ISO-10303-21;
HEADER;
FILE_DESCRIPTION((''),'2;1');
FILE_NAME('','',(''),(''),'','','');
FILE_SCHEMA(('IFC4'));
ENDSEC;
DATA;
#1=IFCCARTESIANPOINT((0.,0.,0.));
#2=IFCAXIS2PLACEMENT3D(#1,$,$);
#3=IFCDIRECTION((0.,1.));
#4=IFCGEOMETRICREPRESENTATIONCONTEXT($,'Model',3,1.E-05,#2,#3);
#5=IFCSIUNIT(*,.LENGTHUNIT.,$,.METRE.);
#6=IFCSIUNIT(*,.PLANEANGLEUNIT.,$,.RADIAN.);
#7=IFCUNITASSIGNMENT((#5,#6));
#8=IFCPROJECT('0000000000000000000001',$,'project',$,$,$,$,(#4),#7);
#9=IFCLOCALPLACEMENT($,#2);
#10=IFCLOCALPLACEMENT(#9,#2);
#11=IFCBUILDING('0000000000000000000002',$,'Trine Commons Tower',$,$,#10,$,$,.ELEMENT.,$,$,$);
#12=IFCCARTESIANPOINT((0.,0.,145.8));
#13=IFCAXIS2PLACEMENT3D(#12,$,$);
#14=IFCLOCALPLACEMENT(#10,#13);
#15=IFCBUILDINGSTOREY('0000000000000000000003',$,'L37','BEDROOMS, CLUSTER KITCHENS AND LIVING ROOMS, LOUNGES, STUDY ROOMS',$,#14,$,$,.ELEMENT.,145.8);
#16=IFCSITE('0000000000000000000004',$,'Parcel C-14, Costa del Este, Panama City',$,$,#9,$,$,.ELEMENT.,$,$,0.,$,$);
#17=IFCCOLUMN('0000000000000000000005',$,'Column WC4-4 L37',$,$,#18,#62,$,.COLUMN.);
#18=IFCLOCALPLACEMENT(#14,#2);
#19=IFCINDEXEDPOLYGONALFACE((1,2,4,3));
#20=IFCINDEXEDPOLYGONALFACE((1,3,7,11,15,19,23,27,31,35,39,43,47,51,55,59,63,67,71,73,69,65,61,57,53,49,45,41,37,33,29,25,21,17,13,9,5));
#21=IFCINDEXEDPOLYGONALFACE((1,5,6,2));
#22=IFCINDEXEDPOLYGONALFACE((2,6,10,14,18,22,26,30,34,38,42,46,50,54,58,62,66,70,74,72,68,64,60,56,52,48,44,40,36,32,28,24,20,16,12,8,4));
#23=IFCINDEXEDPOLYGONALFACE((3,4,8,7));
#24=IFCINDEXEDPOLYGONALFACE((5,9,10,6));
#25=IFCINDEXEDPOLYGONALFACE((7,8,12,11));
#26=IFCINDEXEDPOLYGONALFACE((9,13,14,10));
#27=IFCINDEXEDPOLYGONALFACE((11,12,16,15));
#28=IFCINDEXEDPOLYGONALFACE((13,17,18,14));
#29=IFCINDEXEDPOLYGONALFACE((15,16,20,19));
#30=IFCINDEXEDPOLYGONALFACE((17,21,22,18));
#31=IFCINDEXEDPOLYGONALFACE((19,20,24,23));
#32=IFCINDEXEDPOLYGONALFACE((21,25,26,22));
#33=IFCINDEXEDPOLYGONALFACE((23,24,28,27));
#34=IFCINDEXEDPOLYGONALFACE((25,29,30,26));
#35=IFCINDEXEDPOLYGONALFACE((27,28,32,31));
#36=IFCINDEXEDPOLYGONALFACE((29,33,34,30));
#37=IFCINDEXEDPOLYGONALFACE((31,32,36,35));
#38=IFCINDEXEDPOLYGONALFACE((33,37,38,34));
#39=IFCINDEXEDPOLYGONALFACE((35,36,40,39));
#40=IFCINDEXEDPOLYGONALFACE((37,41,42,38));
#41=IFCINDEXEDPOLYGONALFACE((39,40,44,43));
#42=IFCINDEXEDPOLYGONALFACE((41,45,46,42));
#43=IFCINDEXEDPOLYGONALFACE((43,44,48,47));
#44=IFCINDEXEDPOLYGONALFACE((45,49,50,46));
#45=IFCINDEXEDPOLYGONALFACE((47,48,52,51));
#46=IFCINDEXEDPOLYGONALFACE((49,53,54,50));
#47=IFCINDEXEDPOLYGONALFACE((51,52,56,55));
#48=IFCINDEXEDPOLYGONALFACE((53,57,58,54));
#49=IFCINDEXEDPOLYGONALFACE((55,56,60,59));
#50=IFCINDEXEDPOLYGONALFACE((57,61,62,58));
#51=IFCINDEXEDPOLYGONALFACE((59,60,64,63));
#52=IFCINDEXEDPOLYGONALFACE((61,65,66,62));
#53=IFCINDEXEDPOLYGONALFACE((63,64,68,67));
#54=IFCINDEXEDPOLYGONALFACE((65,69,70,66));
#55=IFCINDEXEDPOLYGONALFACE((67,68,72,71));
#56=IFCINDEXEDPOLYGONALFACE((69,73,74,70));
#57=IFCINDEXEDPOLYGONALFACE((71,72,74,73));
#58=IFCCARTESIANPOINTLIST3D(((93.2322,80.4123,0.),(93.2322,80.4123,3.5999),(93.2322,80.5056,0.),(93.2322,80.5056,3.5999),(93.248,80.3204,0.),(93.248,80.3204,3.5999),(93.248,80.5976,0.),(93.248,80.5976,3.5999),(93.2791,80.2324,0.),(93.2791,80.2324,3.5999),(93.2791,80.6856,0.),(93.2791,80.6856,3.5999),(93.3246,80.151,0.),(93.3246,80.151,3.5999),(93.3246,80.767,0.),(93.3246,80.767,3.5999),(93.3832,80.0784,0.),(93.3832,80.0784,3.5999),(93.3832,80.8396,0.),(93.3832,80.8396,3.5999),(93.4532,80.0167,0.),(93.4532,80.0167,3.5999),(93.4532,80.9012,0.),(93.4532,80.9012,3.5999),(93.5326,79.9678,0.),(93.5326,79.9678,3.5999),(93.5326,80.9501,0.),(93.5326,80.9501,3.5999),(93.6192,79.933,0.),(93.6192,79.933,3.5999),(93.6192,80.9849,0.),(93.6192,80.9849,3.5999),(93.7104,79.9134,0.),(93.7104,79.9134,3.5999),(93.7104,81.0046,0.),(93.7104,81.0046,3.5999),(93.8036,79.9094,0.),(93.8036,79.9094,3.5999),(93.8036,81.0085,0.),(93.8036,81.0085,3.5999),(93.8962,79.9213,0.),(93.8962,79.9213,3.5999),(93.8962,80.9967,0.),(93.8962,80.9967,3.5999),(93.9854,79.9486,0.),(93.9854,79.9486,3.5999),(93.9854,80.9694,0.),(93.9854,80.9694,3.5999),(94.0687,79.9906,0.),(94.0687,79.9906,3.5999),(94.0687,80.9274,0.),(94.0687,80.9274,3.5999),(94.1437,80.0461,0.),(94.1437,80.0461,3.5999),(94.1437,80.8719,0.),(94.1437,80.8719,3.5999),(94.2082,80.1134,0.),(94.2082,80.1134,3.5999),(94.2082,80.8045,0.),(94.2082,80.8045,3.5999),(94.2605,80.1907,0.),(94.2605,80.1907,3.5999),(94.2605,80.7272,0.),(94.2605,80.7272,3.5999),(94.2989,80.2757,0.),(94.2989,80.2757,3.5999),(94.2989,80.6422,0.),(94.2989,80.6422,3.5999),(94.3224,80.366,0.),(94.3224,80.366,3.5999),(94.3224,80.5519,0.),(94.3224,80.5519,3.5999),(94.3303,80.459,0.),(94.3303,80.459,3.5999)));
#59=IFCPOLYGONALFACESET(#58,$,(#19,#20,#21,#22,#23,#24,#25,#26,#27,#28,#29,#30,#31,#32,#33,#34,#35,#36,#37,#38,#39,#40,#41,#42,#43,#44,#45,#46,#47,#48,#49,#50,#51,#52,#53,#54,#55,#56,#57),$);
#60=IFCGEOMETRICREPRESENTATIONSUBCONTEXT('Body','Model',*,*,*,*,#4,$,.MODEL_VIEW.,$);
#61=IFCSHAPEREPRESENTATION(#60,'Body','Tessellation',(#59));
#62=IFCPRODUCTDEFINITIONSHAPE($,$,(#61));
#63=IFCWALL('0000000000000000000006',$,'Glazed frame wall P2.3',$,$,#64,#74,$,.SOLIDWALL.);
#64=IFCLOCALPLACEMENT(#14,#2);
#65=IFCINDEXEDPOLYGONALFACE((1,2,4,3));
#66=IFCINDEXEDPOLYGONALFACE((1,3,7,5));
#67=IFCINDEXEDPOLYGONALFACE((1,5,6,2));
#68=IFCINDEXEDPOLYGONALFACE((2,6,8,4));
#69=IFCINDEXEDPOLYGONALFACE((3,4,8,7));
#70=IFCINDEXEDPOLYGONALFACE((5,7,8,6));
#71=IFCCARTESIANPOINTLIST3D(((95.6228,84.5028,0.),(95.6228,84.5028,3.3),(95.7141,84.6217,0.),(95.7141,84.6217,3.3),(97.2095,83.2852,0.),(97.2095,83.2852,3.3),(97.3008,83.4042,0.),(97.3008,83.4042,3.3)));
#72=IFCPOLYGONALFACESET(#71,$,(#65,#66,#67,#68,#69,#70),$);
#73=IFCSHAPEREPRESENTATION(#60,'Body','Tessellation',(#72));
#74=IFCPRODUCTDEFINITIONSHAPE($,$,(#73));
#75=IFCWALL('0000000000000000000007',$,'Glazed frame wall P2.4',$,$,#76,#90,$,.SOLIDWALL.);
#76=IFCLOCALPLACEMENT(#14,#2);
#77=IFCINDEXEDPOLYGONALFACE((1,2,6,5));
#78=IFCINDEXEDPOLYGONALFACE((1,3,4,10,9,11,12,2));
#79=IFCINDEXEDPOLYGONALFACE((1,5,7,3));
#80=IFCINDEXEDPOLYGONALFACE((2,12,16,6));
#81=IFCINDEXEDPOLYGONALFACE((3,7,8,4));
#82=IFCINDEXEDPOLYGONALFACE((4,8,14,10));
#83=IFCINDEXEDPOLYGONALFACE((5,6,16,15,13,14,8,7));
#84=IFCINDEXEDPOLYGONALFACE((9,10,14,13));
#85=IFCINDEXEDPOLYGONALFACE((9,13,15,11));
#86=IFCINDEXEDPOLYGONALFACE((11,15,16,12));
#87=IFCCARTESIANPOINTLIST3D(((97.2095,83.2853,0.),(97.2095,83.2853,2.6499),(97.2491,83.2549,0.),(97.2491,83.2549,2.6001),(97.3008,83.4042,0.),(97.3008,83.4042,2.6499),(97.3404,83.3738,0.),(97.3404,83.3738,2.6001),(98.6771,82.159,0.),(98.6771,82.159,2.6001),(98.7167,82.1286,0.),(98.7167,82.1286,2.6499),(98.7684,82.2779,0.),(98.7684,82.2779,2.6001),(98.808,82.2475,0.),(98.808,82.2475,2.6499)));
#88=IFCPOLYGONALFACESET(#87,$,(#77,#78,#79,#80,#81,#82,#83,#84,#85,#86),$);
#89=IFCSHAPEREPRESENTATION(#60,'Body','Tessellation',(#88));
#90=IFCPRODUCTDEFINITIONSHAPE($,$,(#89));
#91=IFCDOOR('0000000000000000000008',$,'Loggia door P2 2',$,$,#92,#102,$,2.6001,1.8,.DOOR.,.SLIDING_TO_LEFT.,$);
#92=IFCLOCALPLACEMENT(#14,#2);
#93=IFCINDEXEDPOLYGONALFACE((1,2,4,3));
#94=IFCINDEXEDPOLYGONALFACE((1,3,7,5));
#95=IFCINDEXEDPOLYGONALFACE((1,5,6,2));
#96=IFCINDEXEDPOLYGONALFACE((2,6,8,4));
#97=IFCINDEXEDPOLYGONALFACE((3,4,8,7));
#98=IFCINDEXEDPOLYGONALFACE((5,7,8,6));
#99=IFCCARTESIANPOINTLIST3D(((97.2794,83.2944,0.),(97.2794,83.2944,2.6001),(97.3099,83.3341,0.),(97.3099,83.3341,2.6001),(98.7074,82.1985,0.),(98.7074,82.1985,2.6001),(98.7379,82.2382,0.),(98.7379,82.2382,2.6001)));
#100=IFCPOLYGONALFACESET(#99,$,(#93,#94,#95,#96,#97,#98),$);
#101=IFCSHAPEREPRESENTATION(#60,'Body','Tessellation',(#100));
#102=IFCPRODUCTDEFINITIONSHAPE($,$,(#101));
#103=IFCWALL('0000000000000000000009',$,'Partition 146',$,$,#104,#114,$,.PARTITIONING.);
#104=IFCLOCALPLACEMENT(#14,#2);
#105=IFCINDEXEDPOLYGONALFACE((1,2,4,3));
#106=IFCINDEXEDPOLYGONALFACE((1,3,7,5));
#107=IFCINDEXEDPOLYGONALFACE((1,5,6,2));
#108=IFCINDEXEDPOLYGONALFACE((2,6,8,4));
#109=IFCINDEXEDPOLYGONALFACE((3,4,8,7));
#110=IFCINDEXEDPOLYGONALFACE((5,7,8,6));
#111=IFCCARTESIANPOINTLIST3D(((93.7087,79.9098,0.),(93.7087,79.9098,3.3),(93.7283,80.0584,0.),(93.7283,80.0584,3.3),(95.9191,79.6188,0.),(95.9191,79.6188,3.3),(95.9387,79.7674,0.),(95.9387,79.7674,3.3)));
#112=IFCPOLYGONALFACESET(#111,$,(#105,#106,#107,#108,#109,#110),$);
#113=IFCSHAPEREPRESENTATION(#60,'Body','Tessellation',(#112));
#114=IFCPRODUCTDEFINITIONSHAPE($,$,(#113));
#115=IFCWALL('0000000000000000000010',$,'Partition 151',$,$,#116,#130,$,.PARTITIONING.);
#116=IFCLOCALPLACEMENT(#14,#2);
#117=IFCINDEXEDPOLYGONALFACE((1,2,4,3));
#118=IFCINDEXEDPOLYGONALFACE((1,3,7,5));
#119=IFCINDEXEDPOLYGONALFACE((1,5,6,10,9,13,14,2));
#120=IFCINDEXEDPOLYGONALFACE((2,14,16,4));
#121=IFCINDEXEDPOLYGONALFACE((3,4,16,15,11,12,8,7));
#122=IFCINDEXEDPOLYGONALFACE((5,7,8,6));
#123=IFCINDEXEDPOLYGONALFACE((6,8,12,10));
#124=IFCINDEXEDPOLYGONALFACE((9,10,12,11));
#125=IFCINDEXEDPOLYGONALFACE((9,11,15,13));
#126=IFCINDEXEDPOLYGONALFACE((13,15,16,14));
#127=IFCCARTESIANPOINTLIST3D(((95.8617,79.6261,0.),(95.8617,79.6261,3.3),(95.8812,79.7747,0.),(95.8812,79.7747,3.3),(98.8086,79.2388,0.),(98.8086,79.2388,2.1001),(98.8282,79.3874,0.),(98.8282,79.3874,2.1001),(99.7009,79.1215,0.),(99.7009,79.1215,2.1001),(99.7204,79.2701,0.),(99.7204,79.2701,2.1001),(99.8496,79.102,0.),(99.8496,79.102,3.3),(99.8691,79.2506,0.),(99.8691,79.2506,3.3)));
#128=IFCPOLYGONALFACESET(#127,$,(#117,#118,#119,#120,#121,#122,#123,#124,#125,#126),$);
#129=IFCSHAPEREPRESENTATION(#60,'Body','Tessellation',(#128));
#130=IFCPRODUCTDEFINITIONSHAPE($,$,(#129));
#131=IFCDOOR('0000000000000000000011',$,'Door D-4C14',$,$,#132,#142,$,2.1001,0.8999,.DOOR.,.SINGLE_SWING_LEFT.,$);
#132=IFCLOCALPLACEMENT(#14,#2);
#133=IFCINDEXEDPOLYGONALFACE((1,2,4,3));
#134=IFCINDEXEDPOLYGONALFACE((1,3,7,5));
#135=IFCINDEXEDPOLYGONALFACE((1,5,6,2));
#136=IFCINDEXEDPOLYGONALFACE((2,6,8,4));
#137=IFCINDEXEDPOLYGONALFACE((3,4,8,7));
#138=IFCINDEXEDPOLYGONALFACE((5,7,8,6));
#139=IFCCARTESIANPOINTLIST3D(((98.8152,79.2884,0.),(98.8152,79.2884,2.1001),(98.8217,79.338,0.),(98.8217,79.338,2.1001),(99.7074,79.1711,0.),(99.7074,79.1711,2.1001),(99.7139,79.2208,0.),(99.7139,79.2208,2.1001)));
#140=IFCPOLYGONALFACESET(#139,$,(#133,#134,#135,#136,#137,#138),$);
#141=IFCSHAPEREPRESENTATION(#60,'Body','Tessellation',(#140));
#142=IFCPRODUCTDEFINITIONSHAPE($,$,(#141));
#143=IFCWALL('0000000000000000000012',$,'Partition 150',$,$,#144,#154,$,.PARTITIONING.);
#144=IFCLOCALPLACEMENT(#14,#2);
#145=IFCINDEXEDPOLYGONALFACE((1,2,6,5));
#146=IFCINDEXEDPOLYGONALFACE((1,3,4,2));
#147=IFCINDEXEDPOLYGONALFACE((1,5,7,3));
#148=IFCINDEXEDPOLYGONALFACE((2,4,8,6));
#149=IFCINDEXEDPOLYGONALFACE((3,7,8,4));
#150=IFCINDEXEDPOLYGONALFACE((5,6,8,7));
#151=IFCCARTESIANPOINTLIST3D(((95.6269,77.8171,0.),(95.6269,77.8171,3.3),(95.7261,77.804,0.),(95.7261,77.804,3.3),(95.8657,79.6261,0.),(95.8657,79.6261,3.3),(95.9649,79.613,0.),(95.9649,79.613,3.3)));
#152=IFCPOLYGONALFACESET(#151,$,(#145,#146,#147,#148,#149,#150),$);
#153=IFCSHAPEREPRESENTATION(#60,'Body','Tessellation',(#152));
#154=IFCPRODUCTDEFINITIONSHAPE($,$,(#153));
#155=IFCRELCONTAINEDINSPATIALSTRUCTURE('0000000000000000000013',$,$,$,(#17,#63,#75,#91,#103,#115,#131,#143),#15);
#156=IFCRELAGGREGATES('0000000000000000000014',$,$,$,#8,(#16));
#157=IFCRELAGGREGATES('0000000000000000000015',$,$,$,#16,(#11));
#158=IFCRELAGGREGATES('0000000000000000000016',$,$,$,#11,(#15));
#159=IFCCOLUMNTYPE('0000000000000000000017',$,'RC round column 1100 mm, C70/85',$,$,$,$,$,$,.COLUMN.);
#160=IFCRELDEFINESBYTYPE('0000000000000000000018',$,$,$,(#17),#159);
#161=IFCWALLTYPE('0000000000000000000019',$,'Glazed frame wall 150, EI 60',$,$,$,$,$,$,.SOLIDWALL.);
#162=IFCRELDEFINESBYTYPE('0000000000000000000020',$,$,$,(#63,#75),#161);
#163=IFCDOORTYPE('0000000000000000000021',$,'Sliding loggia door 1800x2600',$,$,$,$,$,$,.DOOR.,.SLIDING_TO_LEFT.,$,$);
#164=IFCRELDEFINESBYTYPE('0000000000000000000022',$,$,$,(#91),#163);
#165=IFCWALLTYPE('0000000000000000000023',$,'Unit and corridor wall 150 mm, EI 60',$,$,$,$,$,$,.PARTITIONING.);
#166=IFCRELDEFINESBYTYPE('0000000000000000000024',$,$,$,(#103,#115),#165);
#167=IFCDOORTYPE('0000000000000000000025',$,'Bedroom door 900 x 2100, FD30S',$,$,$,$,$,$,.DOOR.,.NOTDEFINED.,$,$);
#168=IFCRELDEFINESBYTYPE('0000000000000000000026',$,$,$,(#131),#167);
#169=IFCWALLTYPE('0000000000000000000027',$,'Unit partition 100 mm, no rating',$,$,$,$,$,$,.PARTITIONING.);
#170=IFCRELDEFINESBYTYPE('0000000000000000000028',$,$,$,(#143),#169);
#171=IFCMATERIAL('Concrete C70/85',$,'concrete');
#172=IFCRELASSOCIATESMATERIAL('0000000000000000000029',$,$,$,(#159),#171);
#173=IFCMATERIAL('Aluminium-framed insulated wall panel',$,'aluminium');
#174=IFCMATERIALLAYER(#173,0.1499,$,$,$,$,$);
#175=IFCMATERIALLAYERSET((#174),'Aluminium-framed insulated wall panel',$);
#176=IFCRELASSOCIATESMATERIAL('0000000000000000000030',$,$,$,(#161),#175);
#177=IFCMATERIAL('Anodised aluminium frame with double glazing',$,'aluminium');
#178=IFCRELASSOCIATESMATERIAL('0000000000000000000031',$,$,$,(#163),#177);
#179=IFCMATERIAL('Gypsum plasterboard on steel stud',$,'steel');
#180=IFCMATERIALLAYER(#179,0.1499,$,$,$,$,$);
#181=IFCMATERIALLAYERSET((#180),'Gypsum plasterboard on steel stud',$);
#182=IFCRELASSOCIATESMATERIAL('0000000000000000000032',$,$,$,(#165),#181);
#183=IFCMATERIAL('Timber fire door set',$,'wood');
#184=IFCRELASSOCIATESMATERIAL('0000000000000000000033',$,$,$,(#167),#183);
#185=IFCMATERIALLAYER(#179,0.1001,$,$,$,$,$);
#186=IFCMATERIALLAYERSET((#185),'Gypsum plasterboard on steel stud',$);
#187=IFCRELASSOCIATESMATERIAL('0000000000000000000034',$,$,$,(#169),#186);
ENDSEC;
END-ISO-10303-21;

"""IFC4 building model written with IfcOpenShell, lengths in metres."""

from ifc_helpers import new_model, si_unit, direction, frame, frame_2d, origin, origin_2d, place, context, subcontext, project, spatial, polyline, rectangle, circle, outline, extrude, material, layer, layer_set, material_profile, profile_set, type_object, element, fill, save


model = new_model("IFC4")

# Units and contexts
model_context = context("Model", 3, precision=1e-05, world=origin(), true_north=direction((0.0, 1.0)))
body_context = subcontext(model_context, "Body", "Model", "MODEL_VIEW")
ifc_project = project(units=[si_unit("LENGTHUNIT", "METRE"), si_unit("PLANEANGLEUNIT", "RADIAN")], contexts=[model_context])

# Site, building, storey
site_placement = place(None, origin())
site = spatial("IfcSite", under=ifc_project, at=site_placement, Name="Parcel C-14, Costa del Este, Panama City", CompositionType="ELEMENT", RefElevation=0.0)
building_placement = place(site_placement, origin())
building = spatial("IfcBuilding", under=site, at=building_placement, Name="Trine Commons Tower", CompositionType="ELEMENT")
storey_placement = place(building_placement, frame((0.0, 0.0, 145.8)))
storey = spatial("IfcBuildingStorey", under=building, at=storey_placement, Name="L37", Description="BEDROOMS, CLUSTER KITCHENS AND LIVING ROOMS, LOUNGES, STUDY ROOMS", CompositionType="ELEMENT", Elevation=145.8)

# Column
ifc_material_1 = material(Name="Concrete C70/85", Category="concrete")
ifc_material_profile = material_profile(ifc_material_1, circle(Radius=0.55, at=origin_2d()), Name="RC round 1100")
ifc_profile_set = profile_set([ifc_material_profile], Name="Concrete C70/85")
column_type = type_object("IfcColumnType", Name="RC round column 1100 mm, C70/85", PredefinedType="COLUMN", material=ifc_profile_set)
column_placement = place(storey_placement, frame((93.7803, 80.459, 0.0), z_axis=(0.0, 0.0, 1.0), x_axis=(1.0, 0.0, 0.0)))
element("IfcColumn", 1, at=column_placement, inside=storey, type_object=column_type, Name="Column WC4-4 L37", PredefinedType="COLUMN", context=body_context, shape_type="SweptSolid", body=[
    extrude(circle(Radius=0.55, at=origin_2d()), origin(), (0.0, 0.0, 1.0), 3.5999),
])

# Wall
ifc_material_2 = material(Name="Aluminium-framed insulated wall panel", Category="aluminium")
ifc_layer_1 = layer(ifc_material_2, 0.1499)
ifc_layer_set_1 = layer_set([ifc_layer_1], Name="Aluminium-framed insulated wall panel")
wall_type_1 = type_object("IfcWallType", Name="Glazed frame wall 150, EI 60", PredefinedType="SOLIDWALL", material=ifc_layer_set_1)
wall_1_placement = place(storey_placement, frame((95.6685, 84.5623, 0.0), z_axis=(0.0, 0.0, 1.0), x_axis=(0.793345, -0.608772, 0.0)))
element("IfcWall", 2, at=wall_1_placement, inside=storey, type_object=wall_type_1, Name="Glazed frame wall P2.3", PredefinedType="SOLIDWALL", context=body_context, shape_type="SweptSolid", body=[
    extrude(outline(polyline([(0.0, -0.075), (2.0, -0.075), (2.0, 0.075), (0.0, 0.075), (0.0, -0.075)])), origin(), (0.0, 0.0, 1.0), 3.3),
])

# Wall, opening, door
wall_2_placement = place(storey_placement, frame((97.2551, 83.3447, 0.0), z_axis=(0.0, 0.0, 1.0), x_axis=(0.793321, -0.608804, 0.0)))
wall_2 = element("IfcWall", 3, at=wall_2_placement, inside=storey, type_object=wall_type_1, Name="Glazed frame wall P2.4", PredefinedType="SOLIDWALL", context=body_context, shape_type="SweptSolid", body=[
    extrude(outline(polyline([(0.0, -0.075), (1.8999, -0.075), (1.8999, 0.075), (0.0, 0.075), (0.0, -0.075)])), origin(), (0.0, 0.0, 1.0), 2.6499),
])
opening_1_placement = place(wall_2_placement, frame((0.05, 0.0, 0.0)))
opening_1 = element("IfcOpeningElement", 4, at=opening_1_placement, cuts=wall_2, PredefinedType="OPENING", context=body_context, shape_type="SweptSolid", body=[
    extrude(rectangle(XDim=1.8, YDim=2.6001, at=frame_2d((0.8999, 1.3))), frame((0.0, 0.085, 0.0), z_axis=(0.0, -1.0, 0.0), x_axis=(1.0, 0.0, 0.0)), (0.0, 0.0, 1.0), 0.1699),
])
ifc_material_3 = material(Name="Anodised aluminium frame with double glazing", Category="aluminium")
door_type_1 = type_object("IfcDoorType", Name="Sliding loggia door 1800x2600", OperationType="SLIDING_TO_LEFT", PredefinedType="DOOR", material=ifc_material_3)
door_1_placement = place(opening_1_placement, origin())
door_1 = element("IfcDoor", 5, at=door_1_placement, inside=storey, type_object=door_type_1, Name="Loggia door P2 2", OperationType="SLIDING_TO_LEFT", OverallHeight=2.6001, OverallWidth=1.8, PredefinedType="DOOR", context=body_context, shape_type="SweptSolid", body=[
    extrude(rectangle(XDim=1.8, YDim=2.6001, at=frame_2d((0.8999, 1.3))), frame((0.0, 0.0249, 0.0), z_axis=(0.0, -1.0, 0.0), x_axis=(1.0, 0.0, 0.0)), (0.0, 0.0, 1.0), 0.05),
])
fill(opening_1, door_1)

# Wall
ifc_material_4 = material(Name="Gypsum plasterboard on steel stud", Category="steel")
ifc_layer_2 = layer(ifc_material_4, 0.1499)
ifc_layer_set_2 = layer_set([ifc_layer_2], Name="Gypsum plasterboard on steel stud")
wall_type_2 = type_object("IfcWallType", Name="Unit and corridor wall 150 mm, EI 60", PredefinedType="PARTITIONING", material=ifc_layer_set_2)
wall_3_placement = place(storey_placement, frame((93.7185, 79.9841, 0.0), z_axis=(0.0, 0.0, 1.0), x_axis=(0.991445, -0.130528, 0.0)))
element("IfcWall", 6, at=wall_3_placement, inside=storey, type_object=wall_type_2, Name="Partition 146", PredefinedType="PARTITIONING", context=body_context, shape_type="SweptSolid", body=[
    extrude(rectangle(XDim=2.2295, YDim=0.1499, at=frame_2d((1.1147, 0.0))), origin(), (0.0, 0.0, 1.0), 3.3),
])

# Wall, opening, door
wall_4_placement = place(storey_placement, frame((95.8713, 79.7004, 0.0), z_axis=(0.0, 0.0, 1.0), x_axis=(0.991473, -0.130315, 0.0)))
wall_4 = element("IfcWall", 7, at=wall_4_placement, inside=storey, type_object=wall_type_2, Name="Partition 151", PredefinedType="PARTITIONING", context=body_context, shape_type="SweptSolid", body=[
    extrude(rectangle(XDim=4.0222, YDim=0.1499, at=frame_2d((2.0112, 0.0))), origin(), (0.0, 0.0, 1.0), 3.3),
])
opening_2_placement = place(wall_4_placement, frame((2.9724, 0.0, 0.0)))
opening_2 = element("IfcOpeningElement", 8, at=opening_2_placement, cuts=wall_4, PredefinedType="OPENING", context=body_context, shape_type="SweptSolid", body=[
    extrude(rectangle(XDim=0.8999, YDim=2.1001, at=frame_2d((0.45, 1.05))), frame((0.0, 0.085, 0.0), z_axis=(0.0, -1.0, 0.0), x_axis=(1.0, 0.0, 0.0)), (0.0, 0.0, 1.0), 0.1699),
])
ifc_material_5 = material(Name="Timber fire door set", Category="wood")
door_type_2 = type_object("IfcDoorType", Name="Bedroom door 900 x 2100, FD30S", OperationType="NOTDEFINED", PredefinedType="DOOR", material=ifc_material_5)
door_2_placement = place(opening_2_placement, frame((0.8999, 0.0, 0.0), z_axis=(0.0, 0.0, 1.0), x_axis=(-1.0, 0.0, 0.0)))
door_2 = element("IfcDoor", 9, at=door_2_placement, inside=storey, type_object=door_type_2, Name="Door D-4C14", OperationType="SINGLE_SWING_LEFT", OverallHeight=2.1001, OverallWidth=0.8999, PredefinedType="DOOR", context=body_context, shape_type="SweptSolid", body=[
    extrude(rectangle(XDim=0.8999, YDim=2.1001, at=frame_2d((0.45, 1.05))), frame((0.0, 0.0249, 0.0), z_axis=(0.0, -1.0, 0.0), x_axis=(1.0, 0.0, 0.0)), (0.0, 0.0, 1.0), 0.05),
])
fill(opening_2, door_2)

# Wall
ifc_layer_3 = layer(ifc_material_4, 0.1001)
ifc_layer_set_3 = layer_set([ifc_layer_3], Name="Gypsum plasterboard on steel stud")
wall_type_3 = type_object("IfcWallType", Name="Unit partition 100 mm, no rating", PredefinedType="PARTITIONING", material=ifc_layer_set_3)
wall_5_placement = place(storey_placement, frame((95.6765, 77.8105, 0.0), z_axis=(0.0, 0.0, 1.0), x_axis=(0.130849, 0.991402, 0.0)))
element("IfcWall", 10, at=wall_5_placement, inside=storey, type_object=wall_type_3, Name="Partition 150", PredefinedType="PARTITIONING", context=body_context, shape_type="SweptSolid", body=[
    extrude(rectangle(XDim=1.8247, YDim=0.1001, at=frame_2d((0.9124, 0.0))), origin(), (0.0, 0.0, 1.0), 3.3),
])

save(model, "model.ifc")
